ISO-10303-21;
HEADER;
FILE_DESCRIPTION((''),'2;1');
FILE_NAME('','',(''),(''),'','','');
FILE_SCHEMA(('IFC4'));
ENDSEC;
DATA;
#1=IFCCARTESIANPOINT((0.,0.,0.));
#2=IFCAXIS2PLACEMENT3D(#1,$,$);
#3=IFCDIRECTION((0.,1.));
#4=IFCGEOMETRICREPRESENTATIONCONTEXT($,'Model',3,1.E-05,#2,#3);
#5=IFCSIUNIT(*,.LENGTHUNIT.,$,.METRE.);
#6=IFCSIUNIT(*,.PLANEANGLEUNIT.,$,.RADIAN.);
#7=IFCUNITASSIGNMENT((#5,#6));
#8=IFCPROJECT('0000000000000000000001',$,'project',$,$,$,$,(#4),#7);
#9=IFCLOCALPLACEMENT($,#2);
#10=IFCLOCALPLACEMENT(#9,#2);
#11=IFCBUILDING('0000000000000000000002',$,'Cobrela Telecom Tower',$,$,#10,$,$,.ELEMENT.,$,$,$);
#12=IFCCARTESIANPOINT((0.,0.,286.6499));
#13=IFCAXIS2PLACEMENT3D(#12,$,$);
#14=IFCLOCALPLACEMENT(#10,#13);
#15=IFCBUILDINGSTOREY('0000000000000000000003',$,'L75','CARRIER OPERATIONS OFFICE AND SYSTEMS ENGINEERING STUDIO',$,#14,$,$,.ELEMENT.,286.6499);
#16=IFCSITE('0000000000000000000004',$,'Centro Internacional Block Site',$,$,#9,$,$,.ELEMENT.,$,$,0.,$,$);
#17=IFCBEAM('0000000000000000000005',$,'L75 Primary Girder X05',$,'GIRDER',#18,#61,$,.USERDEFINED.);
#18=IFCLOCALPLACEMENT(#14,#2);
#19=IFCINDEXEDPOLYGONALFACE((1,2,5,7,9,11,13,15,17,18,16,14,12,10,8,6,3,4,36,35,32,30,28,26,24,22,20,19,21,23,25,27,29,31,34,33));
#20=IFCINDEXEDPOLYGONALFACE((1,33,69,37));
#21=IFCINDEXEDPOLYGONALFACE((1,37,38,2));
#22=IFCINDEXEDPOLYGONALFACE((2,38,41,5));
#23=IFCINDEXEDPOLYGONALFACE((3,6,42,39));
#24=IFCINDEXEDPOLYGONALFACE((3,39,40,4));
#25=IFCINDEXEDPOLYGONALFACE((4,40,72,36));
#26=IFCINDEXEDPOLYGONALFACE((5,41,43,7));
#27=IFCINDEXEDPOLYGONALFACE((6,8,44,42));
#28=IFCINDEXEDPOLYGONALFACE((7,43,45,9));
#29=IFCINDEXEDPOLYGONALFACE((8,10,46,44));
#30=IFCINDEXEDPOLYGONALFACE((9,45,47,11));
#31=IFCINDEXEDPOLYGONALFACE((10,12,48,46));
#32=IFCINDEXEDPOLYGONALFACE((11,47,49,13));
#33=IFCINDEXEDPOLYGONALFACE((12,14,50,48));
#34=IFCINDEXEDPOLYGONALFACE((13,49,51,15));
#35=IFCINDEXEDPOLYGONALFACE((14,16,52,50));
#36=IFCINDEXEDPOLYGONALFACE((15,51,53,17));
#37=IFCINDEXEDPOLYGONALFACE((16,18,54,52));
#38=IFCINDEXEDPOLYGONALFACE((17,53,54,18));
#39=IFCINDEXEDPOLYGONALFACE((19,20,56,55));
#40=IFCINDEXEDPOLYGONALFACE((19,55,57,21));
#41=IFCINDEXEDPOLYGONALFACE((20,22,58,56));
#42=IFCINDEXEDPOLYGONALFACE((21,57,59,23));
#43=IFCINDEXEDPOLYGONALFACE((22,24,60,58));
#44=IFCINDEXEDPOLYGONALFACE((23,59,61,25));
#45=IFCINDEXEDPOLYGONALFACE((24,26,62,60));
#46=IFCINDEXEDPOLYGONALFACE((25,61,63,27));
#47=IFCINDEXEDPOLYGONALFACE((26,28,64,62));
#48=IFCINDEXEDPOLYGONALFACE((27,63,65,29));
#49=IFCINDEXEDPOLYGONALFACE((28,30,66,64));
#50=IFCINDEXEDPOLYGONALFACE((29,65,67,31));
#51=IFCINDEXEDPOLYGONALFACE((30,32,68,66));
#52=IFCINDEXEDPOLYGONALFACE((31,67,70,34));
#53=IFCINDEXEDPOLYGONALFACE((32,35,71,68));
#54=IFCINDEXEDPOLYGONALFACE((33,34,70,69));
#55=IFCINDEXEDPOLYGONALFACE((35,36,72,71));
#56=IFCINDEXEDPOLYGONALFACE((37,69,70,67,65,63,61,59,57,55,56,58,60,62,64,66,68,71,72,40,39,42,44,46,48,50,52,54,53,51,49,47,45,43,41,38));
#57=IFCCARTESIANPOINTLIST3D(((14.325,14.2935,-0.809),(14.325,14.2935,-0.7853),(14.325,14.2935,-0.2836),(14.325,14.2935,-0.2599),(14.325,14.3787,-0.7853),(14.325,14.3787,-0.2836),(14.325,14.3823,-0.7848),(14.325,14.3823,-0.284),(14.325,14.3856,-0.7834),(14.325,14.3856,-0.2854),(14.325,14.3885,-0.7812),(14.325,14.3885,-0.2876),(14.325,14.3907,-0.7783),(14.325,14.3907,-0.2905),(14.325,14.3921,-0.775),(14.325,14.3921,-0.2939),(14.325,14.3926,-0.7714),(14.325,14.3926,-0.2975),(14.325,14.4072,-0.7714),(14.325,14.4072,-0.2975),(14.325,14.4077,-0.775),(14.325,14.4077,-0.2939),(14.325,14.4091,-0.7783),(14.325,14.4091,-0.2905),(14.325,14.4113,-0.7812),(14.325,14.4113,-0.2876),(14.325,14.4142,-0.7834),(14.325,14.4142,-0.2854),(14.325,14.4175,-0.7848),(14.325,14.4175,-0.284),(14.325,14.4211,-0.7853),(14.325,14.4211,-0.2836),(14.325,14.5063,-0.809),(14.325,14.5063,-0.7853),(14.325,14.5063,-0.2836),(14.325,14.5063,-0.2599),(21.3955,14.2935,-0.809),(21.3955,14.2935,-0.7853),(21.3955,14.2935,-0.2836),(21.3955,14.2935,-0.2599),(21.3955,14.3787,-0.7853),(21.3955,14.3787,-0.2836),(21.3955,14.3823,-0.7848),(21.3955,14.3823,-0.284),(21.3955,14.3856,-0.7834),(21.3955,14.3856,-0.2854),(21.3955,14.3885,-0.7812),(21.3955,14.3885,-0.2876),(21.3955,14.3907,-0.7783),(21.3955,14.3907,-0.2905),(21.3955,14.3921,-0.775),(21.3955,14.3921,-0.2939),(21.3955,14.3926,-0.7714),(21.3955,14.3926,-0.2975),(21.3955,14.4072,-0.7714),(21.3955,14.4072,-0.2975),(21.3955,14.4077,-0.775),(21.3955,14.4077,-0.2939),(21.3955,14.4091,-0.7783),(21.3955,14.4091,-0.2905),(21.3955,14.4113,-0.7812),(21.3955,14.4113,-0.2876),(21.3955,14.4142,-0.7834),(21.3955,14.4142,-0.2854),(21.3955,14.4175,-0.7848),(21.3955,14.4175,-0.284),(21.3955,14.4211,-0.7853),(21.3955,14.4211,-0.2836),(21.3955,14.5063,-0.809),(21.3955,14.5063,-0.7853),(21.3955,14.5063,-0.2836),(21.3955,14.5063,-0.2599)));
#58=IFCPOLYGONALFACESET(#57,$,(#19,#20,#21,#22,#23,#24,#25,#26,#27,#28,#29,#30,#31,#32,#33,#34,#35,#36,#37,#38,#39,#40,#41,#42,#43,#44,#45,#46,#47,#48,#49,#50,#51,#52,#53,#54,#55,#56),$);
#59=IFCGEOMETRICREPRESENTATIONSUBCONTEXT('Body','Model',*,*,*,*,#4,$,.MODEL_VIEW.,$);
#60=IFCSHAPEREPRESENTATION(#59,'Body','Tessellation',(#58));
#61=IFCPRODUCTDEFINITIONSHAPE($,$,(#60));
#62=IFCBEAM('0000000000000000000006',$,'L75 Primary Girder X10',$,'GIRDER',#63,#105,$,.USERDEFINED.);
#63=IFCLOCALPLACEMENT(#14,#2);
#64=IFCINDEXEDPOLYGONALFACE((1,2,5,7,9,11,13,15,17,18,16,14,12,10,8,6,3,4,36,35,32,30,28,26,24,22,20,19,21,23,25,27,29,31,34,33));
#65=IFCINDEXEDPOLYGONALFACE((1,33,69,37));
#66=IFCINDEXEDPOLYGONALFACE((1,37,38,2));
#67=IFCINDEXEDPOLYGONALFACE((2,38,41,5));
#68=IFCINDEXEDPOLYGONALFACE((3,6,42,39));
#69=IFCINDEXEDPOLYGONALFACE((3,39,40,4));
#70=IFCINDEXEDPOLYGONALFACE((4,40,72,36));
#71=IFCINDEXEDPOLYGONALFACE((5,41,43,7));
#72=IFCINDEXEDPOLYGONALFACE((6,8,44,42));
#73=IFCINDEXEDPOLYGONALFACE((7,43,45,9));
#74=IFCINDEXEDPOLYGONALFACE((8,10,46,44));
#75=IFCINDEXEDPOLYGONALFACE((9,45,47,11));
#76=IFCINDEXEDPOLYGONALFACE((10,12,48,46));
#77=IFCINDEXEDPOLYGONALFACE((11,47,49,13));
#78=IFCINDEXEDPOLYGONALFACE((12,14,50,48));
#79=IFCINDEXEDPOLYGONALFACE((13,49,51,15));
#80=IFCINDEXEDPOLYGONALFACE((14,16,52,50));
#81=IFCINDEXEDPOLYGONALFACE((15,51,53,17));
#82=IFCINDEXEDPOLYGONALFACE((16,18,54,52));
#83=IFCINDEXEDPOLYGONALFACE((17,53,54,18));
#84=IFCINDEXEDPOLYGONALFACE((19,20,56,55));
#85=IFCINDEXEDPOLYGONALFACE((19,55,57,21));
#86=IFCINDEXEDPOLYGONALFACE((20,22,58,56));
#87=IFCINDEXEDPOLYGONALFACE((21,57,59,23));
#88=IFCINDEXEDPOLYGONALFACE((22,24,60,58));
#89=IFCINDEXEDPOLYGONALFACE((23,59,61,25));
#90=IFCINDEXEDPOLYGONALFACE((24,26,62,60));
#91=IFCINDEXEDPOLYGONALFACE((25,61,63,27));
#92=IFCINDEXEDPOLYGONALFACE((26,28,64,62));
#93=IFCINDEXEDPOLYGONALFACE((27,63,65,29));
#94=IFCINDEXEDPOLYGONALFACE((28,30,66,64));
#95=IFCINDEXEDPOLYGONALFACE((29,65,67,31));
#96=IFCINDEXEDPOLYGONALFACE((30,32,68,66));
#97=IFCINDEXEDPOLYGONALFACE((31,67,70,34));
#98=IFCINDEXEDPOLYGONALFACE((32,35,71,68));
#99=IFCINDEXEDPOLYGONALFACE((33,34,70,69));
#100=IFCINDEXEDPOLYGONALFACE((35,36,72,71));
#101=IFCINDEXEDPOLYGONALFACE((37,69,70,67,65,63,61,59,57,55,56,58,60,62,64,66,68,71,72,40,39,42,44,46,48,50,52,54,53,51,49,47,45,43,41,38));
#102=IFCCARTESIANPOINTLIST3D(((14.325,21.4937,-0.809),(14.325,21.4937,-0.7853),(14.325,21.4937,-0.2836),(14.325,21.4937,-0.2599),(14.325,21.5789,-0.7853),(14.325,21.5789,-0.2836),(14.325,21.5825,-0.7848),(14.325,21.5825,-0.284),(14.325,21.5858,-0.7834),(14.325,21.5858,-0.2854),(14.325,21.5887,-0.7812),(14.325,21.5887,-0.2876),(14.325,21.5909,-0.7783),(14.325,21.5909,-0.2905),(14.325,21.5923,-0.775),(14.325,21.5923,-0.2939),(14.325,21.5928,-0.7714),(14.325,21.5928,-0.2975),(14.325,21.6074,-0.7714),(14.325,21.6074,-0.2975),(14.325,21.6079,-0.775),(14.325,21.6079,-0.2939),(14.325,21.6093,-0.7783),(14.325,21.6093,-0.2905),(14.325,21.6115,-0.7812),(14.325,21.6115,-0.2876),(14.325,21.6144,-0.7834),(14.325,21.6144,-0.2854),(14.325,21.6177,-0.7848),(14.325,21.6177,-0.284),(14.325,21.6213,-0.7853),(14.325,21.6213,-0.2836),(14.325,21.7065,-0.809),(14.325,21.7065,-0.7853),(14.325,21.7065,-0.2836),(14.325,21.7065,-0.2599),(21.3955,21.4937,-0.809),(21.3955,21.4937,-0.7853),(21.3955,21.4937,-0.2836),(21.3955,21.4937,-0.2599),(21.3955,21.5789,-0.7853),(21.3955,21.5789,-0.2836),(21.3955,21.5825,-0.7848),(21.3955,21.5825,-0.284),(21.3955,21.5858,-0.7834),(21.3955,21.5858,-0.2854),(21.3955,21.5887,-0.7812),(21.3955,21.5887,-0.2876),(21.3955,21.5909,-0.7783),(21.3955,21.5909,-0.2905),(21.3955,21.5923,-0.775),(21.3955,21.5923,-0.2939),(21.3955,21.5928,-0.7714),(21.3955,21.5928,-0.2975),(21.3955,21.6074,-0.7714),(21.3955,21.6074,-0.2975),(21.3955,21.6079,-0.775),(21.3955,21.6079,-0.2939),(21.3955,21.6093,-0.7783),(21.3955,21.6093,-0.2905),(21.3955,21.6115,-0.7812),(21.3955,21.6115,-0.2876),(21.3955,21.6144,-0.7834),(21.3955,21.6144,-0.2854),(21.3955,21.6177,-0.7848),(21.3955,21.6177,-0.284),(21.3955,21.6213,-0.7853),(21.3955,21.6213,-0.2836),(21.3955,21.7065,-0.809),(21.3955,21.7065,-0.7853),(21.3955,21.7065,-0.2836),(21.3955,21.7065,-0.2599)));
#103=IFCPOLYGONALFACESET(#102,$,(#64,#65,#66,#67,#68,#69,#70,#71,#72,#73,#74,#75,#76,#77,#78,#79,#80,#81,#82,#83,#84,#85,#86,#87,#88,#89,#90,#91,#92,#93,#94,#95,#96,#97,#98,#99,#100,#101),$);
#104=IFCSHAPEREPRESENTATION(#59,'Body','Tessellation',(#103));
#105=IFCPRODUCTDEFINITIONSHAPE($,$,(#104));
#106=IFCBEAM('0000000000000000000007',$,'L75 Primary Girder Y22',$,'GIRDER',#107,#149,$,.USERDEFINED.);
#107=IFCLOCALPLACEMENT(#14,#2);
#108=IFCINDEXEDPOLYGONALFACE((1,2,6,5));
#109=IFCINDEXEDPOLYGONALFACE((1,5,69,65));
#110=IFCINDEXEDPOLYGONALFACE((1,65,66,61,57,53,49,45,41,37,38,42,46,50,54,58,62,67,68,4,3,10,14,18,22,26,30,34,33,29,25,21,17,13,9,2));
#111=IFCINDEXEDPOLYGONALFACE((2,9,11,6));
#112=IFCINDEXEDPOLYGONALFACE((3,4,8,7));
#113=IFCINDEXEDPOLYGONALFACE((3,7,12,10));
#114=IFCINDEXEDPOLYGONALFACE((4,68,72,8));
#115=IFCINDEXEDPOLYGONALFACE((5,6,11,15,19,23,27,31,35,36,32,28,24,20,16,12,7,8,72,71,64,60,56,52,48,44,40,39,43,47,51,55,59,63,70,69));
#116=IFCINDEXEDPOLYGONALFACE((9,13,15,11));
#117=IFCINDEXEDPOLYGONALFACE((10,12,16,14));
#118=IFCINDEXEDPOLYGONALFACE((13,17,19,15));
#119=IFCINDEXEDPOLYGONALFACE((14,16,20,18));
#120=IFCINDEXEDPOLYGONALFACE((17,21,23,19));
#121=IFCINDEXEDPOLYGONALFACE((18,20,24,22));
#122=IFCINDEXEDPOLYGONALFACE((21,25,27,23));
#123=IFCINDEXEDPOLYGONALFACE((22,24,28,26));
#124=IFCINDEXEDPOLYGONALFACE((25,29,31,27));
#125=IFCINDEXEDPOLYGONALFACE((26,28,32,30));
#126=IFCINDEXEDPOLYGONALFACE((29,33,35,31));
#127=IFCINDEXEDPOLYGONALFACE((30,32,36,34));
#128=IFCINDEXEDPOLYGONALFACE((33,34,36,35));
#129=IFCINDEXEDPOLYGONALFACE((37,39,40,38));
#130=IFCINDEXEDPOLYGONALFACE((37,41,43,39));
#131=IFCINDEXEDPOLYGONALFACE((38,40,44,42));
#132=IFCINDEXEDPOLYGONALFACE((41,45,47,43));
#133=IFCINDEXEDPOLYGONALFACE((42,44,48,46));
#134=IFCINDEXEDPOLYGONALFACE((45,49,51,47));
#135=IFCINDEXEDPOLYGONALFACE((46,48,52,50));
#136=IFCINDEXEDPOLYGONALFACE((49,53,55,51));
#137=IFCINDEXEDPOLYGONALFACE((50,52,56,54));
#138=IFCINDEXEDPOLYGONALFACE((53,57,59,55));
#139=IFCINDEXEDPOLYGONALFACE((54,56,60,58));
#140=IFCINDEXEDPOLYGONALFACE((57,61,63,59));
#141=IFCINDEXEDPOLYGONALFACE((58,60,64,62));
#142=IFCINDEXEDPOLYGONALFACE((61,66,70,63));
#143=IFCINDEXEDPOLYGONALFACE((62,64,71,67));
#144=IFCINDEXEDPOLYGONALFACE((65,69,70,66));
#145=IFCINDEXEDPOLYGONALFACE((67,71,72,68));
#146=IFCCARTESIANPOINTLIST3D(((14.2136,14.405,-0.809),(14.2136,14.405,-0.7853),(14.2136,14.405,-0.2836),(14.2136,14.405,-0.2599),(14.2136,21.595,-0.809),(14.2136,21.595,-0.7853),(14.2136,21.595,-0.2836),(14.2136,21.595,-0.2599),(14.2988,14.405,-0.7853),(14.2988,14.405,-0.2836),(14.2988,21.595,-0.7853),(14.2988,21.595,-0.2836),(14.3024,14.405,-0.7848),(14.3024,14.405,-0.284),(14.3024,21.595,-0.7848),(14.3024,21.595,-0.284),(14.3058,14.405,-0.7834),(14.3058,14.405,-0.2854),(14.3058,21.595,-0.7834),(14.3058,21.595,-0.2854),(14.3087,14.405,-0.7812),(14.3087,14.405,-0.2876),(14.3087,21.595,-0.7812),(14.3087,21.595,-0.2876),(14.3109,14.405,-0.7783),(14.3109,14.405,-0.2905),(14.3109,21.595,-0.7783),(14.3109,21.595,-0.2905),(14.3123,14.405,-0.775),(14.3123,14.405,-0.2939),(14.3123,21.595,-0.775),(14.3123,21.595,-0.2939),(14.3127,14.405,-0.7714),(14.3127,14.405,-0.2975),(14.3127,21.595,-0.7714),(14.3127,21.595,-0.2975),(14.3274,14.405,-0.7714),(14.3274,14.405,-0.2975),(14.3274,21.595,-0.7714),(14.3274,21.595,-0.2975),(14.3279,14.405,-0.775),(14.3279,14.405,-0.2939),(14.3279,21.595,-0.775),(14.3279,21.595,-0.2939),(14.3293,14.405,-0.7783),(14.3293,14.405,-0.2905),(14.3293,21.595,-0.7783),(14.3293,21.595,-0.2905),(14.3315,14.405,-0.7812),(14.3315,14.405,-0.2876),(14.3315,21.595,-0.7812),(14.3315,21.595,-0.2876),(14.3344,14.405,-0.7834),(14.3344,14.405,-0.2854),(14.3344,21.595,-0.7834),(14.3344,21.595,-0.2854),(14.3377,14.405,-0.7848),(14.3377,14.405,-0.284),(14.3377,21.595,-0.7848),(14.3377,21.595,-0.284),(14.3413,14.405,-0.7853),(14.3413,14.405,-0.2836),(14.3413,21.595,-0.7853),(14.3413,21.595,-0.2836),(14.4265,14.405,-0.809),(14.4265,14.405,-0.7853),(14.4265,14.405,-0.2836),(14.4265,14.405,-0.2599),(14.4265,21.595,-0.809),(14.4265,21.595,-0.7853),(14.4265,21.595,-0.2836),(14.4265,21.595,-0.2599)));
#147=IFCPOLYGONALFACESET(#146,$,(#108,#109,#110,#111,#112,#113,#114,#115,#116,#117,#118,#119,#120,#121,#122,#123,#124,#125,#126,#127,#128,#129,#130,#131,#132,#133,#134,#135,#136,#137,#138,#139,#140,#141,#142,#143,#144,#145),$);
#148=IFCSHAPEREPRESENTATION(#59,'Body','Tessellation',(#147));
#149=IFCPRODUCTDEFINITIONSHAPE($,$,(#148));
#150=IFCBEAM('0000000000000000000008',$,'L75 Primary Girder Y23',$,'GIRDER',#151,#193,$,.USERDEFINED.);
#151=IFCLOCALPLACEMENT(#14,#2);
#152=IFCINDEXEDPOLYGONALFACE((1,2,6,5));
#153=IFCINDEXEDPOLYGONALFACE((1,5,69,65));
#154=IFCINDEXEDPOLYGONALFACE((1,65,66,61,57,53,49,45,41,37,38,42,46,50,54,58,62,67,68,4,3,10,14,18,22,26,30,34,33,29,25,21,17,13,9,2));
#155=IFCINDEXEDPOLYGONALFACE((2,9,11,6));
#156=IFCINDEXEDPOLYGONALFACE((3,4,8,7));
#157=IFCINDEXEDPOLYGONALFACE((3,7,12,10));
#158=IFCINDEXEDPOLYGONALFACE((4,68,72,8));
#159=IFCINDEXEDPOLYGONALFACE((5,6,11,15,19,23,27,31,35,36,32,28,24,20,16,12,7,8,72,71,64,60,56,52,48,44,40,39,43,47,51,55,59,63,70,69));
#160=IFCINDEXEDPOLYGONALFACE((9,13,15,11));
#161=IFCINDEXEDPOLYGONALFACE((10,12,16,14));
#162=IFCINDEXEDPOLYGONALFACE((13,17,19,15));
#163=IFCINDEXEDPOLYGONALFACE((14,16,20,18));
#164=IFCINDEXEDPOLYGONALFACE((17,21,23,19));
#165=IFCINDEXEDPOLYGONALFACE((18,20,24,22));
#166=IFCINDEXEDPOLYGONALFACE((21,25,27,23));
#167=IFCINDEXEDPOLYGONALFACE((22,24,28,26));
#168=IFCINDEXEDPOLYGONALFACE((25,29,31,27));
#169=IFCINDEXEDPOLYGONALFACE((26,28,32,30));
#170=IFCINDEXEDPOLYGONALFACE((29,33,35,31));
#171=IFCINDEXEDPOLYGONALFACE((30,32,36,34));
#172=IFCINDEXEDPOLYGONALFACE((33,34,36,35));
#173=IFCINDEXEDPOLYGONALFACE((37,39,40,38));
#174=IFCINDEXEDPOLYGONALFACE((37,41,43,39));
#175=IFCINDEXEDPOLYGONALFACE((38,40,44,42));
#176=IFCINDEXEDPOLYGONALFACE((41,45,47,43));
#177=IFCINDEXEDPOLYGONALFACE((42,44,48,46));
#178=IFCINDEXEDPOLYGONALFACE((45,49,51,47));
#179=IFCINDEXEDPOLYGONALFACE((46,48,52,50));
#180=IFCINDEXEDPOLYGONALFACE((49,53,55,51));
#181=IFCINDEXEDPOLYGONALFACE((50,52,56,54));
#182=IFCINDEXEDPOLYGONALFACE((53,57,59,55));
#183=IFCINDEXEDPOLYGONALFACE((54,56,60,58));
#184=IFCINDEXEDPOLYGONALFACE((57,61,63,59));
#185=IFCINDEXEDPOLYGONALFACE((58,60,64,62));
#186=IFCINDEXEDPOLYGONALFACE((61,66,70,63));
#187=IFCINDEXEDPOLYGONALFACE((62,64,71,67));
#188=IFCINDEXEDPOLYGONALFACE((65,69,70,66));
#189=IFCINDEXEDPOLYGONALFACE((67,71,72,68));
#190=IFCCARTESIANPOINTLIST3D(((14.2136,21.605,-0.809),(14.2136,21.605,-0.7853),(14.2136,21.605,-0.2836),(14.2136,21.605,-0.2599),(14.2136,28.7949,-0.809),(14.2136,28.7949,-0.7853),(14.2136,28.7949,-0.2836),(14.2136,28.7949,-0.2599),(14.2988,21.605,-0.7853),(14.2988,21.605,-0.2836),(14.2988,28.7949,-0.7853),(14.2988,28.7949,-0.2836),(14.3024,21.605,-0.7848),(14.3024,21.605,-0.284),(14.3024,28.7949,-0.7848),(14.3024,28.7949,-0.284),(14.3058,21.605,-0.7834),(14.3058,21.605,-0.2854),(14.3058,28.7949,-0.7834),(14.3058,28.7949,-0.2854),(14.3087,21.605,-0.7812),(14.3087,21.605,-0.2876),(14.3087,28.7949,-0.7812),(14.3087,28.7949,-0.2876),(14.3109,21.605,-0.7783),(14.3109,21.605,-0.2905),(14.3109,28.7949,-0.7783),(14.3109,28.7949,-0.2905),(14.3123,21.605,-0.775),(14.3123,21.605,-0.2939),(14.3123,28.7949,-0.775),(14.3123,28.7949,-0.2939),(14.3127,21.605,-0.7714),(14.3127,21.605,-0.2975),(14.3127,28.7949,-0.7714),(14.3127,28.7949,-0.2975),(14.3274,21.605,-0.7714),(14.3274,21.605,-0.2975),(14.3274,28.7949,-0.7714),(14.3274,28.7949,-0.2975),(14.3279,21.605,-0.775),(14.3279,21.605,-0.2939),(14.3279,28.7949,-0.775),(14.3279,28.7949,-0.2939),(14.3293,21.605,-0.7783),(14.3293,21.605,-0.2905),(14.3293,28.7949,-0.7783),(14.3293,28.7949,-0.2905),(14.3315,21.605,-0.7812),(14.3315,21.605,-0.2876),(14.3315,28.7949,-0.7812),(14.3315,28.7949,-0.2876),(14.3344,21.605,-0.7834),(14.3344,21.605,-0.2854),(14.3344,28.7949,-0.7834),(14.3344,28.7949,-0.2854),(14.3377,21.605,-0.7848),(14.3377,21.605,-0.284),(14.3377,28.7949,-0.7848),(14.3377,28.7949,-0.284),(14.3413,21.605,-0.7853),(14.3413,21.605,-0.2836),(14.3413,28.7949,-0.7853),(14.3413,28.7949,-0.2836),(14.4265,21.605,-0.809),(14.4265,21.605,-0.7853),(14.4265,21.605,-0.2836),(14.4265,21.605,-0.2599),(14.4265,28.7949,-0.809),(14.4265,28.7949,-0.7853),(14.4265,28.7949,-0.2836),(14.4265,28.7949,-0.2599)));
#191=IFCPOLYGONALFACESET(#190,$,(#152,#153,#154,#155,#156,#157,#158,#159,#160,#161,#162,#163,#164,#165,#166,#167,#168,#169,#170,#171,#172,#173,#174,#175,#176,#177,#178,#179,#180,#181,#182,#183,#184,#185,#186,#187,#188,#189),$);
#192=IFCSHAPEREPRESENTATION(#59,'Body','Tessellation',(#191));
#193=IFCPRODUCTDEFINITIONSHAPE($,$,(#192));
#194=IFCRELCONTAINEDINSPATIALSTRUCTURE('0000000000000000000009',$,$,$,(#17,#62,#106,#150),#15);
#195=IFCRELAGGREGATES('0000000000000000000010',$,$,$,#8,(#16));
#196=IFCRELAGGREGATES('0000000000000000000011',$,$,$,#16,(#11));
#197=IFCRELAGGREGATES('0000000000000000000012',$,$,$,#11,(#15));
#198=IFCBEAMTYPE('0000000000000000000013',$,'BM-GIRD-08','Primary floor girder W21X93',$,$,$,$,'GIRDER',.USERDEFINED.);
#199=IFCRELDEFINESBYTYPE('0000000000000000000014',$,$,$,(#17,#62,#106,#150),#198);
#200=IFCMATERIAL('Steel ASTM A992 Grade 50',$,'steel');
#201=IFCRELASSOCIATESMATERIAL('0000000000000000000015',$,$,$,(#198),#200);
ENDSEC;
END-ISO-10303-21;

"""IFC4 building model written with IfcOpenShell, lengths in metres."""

from ifc_helpers import new_model, si_unit, direction, frame, origin, origin_2d, place, context, subcontext, project, spatial, i_section, extrude, material, material_profile, profile_set, type_object, element, save


model = new_model("IFC4")

# Units and contexts
model_context = context("Model", 3, precision=1e-05, world=origin(), true_north=direction((0.0, 1.0)))
body_context = subcontext(model_context, "Body", "Model", "MODEL_VIEW")
ifc_project = project(units=[si_unit("LENGTHUNIT", "METRE"), si_unit("PLANEANGLEUNIT", "RADIAN")], contexts=[model_context])

# Site, building, storey
site_placement = place(None, origin())
site = spatial("IfcSite", under=ifc_project, at=site_placement, Name="Centro Internacional Block Site", CompositionType="ELEMENT", RefElevation=0.0)
building_placement = place(site_placement, origin())
building = spatial("IfcBuilding", under=site, at=building_placement, Name="Cobrela Telecom Tower", CompositionType="ELEMENT")
storey_placement = place(building_placement, frame((0.0, 0.0, 286.6499)))
storey = spatial("IfcBuildingStorey", under=building, at=storey_placement, Name="L75", Description="CARRIER OPERATIONS OFFICE AND SYSTEMS ENGINEERING STUDIO", CompositionType="ELEMENT", Elevation=286.6499)

# Beams
ifc_material_1 = material(Name="Steel ASTM A992 Grade 50", Category="steel")
ifc_material_profile_1 = material_profile(ifc_material_1, i_section(OverallWidth=0.2129, OverallDepth=0.5491, WebThickness=0.0146, FlangeThickness=0.0237, FilletRadius=0.0139, at=origin_2d()), Name="W21X93")
ifc_profile_set_1 = profile_set([ifc_material_profile_1], Name="Steel ASTM A992 Grade 50")
beam_type_1 = type_object("IfcBeamType", Name="BM-GIRD-08", Description="Primary floor girder W21X93", ElementType="GIRDER", PredefinedType="USERDEFINED", material=ifc_profile_set_1)
for number, where, z_axis, x_axis, name in (
    (1, (14.325, 14.3999, -0.5344), (1.0, 0.0, 0.0), (0.0, 1.0, 0.0), "L75 Primary Girder X05"),
    (2, (14.325, 21.6001, -0.5344), (1.0, 0.0, 0.0), (0.0, 1.0, 0.0), "L75 Primary Girder X10"),
):
    element("IfcBeam", number, at=place(storey_placement, frame(where, z_axis=z_axis, x_axis=x_axis)), inside=storey, type_object=beam_type_1, Name=name, ObjectType="GIRDER", PredefinedType="USERDEFINED", context=body_context, shape_type="SweptSolid", body=[
        extrude(i_section(OverallWidth=0.2129, OverallDepth=0.5491, WebThickness=0.0146, FlangeThickness=0.0237, FilletRadius=0.0139, at=origin_2d()), origin(), (0.0, 0.0, 1.0), 7.0706),
    ])
for number, where, z_axis, x_axis, name in (
    (3, (14.3201, 14.405, -0.5344), (0.0, 1.0, 0.0), (-1.0, 0.0, 0.0), "L75 Primary Girder Y22"),
    (4, (14.3201, 21.605, -0.5344), (0.0, 1.0, 0.0), (-1.0, 0.0, 0.0), "L75 Primary Girder Y23"),
):
    element("IfcBeam", number, at=place(storey_placement, frame(where, z_axis=z_axis, x_axis=x_axis)), inside=storey, type_object=beam_type_1, Name=name, ObjectType="GIRDER", PredefinedType="USERDEFINED", context=body_context, shape_type="SweptSolid", body=[
        extrude(i_section(OverallWidth=0.2129, OverallDepth=0.5491, WebThickness=0.0146, FlangeThickness=0.0237, FilletRadius=0.0139, at=origin_2d()), origin(), (0.0, 0.0, 1.0), 7.1899),
    ])

save(model, "model.ifc")
